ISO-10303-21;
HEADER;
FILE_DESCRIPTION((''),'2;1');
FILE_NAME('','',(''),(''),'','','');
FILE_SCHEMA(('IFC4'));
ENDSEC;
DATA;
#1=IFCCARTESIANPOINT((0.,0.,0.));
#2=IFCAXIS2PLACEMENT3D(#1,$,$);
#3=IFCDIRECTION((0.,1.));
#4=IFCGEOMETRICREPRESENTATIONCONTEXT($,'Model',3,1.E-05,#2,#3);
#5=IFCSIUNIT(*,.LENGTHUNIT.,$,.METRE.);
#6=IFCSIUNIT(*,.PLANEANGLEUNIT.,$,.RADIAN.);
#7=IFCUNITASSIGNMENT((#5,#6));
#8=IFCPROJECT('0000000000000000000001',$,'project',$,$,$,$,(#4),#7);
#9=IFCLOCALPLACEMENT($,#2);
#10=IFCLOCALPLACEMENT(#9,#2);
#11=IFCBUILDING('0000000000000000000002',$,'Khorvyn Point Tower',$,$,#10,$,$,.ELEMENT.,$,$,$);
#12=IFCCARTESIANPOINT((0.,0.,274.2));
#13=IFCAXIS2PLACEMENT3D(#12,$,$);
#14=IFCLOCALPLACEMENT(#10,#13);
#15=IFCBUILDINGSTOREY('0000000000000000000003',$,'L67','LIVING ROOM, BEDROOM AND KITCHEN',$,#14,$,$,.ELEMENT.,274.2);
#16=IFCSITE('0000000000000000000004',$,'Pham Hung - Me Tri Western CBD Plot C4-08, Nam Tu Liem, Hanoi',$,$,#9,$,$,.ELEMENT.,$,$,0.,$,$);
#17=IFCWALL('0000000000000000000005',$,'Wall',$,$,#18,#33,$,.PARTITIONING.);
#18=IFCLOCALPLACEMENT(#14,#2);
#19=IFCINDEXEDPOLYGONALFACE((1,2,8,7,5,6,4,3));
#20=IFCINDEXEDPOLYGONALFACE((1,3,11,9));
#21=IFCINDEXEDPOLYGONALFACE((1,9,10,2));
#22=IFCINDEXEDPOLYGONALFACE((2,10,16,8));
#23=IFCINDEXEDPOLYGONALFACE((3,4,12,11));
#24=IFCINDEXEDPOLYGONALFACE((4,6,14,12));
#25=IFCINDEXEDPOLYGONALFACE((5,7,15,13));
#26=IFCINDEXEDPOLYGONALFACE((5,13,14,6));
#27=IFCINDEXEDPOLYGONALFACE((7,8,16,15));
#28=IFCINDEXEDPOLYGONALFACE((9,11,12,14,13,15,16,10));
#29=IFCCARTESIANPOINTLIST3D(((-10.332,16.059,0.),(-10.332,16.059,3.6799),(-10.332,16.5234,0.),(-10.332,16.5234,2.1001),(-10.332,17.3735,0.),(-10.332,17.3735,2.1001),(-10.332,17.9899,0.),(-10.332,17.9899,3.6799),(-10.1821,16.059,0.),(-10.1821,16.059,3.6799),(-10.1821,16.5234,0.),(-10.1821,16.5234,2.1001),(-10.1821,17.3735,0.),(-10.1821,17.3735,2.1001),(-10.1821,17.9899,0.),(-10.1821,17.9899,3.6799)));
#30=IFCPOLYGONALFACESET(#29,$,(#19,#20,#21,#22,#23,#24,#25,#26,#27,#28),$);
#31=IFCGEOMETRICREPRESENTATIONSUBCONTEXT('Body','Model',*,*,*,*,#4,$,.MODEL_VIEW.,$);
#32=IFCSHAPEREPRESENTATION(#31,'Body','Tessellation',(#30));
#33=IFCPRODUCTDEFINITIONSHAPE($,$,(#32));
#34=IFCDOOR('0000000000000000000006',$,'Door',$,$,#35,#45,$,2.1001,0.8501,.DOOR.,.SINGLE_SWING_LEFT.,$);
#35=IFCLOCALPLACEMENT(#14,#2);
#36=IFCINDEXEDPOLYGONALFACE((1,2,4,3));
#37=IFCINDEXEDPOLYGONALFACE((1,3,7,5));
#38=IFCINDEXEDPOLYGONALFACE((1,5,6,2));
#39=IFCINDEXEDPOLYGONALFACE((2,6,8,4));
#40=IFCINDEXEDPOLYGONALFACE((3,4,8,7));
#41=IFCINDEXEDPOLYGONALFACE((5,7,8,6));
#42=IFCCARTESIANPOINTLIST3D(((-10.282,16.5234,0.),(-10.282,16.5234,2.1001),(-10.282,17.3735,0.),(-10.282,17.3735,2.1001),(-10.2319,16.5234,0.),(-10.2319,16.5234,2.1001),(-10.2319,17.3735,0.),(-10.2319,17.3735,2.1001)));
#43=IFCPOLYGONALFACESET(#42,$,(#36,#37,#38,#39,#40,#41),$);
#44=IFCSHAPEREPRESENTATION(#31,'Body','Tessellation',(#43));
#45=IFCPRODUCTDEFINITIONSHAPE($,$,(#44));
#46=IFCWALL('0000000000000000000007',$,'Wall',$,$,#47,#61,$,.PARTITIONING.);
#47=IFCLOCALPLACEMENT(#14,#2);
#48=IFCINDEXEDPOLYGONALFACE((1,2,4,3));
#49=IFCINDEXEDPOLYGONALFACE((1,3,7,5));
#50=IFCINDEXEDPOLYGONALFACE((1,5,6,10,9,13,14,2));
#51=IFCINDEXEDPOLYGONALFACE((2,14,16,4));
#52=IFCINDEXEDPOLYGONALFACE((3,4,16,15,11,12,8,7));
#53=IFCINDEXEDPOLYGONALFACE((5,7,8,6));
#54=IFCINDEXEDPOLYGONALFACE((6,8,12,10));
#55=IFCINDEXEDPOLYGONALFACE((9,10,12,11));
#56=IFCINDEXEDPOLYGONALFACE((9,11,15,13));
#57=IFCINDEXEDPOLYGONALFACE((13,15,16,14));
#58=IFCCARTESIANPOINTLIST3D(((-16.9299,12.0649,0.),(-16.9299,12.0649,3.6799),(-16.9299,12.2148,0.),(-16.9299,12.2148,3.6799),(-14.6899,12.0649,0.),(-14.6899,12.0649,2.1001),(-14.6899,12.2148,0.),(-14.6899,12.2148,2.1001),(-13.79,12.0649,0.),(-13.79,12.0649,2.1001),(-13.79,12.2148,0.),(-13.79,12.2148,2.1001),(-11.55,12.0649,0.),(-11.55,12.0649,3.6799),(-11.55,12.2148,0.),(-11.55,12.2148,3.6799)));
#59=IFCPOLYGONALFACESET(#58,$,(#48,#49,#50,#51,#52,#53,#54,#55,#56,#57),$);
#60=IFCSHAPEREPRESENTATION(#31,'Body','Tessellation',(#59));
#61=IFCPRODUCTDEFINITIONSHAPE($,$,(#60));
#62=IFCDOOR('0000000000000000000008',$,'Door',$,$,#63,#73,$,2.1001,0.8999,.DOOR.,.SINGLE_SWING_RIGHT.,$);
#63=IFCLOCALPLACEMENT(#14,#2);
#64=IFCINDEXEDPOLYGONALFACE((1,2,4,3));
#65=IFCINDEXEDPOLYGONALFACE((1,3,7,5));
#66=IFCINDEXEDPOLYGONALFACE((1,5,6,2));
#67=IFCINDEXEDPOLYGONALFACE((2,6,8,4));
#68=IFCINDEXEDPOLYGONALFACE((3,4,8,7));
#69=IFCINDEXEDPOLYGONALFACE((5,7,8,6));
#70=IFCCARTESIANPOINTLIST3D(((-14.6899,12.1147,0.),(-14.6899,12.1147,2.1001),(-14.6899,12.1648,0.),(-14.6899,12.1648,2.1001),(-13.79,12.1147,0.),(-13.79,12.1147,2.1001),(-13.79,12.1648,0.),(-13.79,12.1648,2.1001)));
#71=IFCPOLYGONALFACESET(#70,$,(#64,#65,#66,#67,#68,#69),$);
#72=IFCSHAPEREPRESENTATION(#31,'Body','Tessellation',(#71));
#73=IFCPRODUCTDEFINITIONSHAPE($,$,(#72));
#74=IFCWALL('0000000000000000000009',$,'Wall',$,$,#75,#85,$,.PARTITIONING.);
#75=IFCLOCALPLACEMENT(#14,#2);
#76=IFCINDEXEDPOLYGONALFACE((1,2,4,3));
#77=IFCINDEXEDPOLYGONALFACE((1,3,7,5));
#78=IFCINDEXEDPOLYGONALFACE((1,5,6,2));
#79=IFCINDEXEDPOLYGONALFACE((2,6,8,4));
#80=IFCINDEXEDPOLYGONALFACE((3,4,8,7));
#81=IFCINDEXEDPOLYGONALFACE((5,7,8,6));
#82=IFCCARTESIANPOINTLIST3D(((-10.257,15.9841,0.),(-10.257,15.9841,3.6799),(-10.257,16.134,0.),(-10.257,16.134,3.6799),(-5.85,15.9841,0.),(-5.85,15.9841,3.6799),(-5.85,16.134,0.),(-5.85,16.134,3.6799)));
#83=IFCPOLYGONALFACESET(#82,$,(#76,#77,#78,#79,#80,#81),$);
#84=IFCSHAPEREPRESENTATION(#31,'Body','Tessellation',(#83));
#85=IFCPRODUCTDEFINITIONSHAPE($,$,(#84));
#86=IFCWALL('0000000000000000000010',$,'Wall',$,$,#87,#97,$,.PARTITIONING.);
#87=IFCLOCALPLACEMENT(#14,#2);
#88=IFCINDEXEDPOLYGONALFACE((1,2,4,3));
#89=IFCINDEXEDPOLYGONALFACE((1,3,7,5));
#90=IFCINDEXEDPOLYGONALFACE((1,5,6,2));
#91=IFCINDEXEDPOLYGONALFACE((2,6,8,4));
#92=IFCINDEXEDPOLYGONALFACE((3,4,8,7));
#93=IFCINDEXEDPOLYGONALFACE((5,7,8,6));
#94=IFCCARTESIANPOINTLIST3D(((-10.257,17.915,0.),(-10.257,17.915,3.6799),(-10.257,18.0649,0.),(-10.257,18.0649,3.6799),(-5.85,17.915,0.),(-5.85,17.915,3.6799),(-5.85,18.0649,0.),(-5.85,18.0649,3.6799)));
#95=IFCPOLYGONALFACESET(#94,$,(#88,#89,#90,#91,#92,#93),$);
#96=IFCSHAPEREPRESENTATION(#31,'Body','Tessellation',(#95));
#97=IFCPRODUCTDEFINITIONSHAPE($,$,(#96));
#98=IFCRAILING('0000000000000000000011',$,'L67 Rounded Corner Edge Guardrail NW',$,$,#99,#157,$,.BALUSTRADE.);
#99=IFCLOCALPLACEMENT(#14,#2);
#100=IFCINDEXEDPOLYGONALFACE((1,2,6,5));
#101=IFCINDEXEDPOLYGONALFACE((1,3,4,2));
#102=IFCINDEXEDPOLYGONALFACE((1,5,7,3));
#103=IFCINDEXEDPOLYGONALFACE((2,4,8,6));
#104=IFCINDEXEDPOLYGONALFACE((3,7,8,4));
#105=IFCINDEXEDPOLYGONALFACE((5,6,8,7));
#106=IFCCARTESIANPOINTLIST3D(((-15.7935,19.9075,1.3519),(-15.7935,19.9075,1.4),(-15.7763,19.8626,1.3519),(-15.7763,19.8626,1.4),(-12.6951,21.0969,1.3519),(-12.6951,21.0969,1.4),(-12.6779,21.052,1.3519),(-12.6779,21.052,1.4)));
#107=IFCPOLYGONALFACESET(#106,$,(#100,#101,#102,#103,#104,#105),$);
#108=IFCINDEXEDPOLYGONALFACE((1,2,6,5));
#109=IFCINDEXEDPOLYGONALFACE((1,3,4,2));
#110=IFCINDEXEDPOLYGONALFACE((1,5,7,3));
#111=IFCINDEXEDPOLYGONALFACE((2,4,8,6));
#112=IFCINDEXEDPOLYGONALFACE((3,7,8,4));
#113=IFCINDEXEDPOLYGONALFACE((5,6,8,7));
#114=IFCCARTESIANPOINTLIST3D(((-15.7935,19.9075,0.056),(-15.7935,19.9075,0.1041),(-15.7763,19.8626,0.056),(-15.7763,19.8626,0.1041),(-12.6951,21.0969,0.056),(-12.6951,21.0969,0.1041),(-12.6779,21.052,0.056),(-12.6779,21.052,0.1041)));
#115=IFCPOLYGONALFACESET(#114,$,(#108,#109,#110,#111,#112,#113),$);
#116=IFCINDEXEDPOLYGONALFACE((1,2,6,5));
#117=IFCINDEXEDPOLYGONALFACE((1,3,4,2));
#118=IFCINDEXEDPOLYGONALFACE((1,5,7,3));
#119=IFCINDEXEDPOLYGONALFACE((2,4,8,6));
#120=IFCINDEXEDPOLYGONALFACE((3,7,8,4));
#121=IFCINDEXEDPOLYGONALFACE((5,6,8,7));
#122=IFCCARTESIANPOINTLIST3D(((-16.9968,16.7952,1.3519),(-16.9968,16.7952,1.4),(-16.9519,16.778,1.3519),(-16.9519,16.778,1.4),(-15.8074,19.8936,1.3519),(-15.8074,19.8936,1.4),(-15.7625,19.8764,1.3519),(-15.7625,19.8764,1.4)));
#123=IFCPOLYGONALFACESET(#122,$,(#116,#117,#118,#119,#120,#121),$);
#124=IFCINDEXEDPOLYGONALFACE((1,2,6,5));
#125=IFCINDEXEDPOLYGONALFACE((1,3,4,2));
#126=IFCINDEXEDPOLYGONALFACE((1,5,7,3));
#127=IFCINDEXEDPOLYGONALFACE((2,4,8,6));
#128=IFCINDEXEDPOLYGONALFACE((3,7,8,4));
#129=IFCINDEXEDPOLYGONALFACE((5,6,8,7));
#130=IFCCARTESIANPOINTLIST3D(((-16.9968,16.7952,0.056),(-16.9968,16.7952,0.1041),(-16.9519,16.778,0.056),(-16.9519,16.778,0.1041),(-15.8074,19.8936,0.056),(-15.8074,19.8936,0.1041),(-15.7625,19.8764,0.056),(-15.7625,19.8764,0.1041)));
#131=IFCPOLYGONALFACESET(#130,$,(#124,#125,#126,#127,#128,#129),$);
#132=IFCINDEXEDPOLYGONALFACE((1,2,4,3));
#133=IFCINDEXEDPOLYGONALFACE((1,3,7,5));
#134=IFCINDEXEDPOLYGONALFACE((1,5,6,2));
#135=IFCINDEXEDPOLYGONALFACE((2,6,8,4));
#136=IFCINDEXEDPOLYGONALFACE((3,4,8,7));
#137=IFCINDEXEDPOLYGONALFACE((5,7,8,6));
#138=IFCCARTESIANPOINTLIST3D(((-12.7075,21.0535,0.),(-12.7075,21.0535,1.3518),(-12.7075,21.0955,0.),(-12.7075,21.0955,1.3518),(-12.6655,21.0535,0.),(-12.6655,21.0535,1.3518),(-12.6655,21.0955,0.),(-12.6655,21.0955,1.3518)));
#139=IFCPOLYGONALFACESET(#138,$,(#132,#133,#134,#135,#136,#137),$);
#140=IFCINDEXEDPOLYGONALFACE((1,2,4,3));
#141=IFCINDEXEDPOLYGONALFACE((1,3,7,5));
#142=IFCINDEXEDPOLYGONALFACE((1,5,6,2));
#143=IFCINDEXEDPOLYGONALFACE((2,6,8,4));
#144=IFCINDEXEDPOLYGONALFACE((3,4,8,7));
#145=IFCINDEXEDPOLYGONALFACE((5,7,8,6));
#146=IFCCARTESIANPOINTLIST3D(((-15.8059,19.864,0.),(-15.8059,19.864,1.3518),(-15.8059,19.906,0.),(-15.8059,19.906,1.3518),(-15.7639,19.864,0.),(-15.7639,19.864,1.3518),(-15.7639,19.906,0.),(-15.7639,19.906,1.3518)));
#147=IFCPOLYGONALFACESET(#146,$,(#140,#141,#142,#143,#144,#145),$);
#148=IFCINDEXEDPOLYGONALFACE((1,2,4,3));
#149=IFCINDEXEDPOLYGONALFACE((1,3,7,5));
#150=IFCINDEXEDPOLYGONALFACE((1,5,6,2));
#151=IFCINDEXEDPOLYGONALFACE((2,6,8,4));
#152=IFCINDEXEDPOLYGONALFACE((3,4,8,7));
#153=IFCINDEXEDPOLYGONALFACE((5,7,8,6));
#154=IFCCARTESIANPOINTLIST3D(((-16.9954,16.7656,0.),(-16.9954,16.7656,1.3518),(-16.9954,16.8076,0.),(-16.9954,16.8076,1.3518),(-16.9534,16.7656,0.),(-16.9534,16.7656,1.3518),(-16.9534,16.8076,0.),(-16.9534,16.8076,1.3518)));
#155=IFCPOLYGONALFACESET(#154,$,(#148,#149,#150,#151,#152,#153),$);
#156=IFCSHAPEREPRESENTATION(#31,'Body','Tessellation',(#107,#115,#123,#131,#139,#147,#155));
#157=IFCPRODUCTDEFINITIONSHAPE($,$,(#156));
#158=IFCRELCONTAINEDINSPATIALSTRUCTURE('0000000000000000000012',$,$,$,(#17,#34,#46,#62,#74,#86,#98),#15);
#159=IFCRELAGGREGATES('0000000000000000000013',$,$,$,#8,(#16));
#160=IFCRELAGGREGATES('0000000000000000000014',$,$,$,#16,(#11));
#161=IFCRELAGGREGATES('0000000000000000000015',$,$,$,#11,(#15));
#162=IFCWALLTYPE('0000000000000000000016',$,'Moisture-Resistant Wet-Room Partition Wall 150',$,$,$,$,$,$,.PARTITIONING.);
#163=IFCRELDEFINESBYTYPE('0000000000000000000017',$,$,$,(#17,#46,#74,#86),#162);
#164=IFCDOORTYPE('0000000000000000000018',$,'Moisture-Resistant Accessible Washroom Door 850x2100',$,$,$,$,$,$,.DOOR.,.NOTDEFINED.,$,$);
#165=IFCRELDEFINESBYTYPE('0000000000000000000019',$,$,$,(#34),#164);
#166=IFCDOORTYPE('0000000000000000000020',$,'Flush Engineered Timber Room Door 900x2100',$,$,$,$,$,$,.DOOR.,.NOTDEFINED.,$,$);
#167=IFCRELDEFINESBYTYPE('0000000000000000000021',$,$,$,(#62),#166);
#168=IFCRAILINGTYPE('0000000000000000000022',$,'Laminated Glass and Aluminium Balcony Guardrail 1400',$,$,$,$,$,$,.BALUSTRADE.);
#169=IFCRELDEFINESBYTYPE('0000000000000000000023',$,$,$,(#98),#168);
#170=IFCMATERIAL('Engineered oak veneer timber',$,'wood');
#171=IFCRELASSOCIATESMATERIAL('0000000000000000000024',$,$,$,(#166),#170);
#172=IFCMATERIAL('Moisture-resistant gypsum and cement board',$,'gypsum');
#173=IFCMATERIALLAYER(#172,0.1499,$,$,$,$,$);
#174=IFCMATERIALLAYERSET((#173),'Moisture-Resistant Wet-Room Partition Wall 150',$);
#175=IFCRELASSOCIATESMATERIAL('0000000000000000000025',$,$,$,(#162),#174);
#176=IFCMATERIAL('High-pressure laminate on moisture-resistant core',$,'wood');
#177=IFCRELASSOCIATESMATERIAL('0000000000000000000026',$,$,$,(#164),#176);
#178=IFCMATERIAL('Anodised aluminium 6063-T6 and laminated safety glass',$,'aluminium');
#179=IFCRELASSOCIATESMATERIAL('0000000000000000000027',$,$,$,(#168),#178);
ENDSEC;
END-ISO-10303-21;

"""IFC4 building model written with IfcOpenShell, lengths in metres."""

from ifc_helpers import new_model, si_unit, direction, frame, frame_2d, origin, origin_2d, place, context, subcontext, project, spatial, rectangle, extrude, material, layer, layer_set, type_object, element, fill, save


model = new_model("IFC4")

# Units and contexts
model_context = context("Model", 3, precision=1e-05, world=origin(), true_north=direction((0.0, 1.0)))
body_context = subcontext(model_context, "Body", "Model", "MODEL_VIEW")
ifc_project = project(units=[si_unit("LENGTHUNIT", "METRE"), si_unit("PLANEANGLEUNIT", "RADIAN")], contexts=[model_context])

# Site, building, storey
site_placement = place(None, origin())
site = spatial("IfcSite", under=ifc_project, at=site_placement, Name="Pham Hung - Me Tri Western CBD Plot C4-08, Nam Tu Liem, Hanoi", CompositionType="ELEMENT", RefElevation=0.0)
building_placement = place(site_placement, origin())
building = spatial("IfcBuilding", under=site, at=building_placement, Name="Khorvyn Point Tower", CompositionType="ELEMENT")
storey_placement = place(building_placement, frame((0.0, 0.0, 274.2)))
storey = spatial("IfcBuildingStorey", under=building, at=storey_placement, Name="L67", Description="LIVING ROOM, BEDROOM AND KITCHEN", CompositionType="ELEMENT", Elevation=274.2)

# Walls, openings, doors
ifc_material_1 = material(Name="Engineered oak veneer timber", Category="wood")
door_type_1 = type_object("IfcDoorType", Name="Flush Engineered Timber Room Door 900x2100", OperationType="NOTDEFINED", PredefinedType="DOOR", material=ifc_material_1)
ifc_material_2 = material(Name="Moisture-resistant gypsum and cement board", Category="gypsum")
ifc_layer_1 = layer(ifc_material_2, 0.1499)
ifc_layer_set_1 = layer_set([ifc_layer_1], Name="Moisture-Resistant Wet-Room Partition Wall 150")
wall_type_1 = type_object("IfcWallType", Name="Moisture-Resistant Wet-Room Partition Wall 150", PredefinedType="PARTITIONING", material=ifc_layer_set_1)
ifc_material_3 = material(Name="High-pressure laminate on moisture-resistant core", Category="wood")
door_type_2 = type_object("IfcDoorType", Name="Moisture-Resistant Accessible Washroom Door 850x2100", OperationType="NOTDEFINED", PredefinedType="DOOR", material=ifc_material_3)
wall_1_placement = place(storey_placement, frame((-10.2571, 16.0591, 0.0), z_axis=(0.0, 0.0, 1.0), x_axis=(0.0, 1.0, 0.0)))
wall_1 = element("IfcWall", 1, at=wall_1_placement, inside=storey, type_object=wall_type_1, Name="Wall", PredefinedType="PARTITIONING", context=body_context, shape_type="SweptSolid", body=[
    extrude(rectangle(XDim=1.9309, YDim=0.1499, at=frame_2d((0.9653, 0.0))), origin(), (0.0, 0.0, 1.0), 3.6799),
])
opening_1_placement = place(wall_1_placement, frame((0.4644, 0.0, 0.0)))
opening_1 = element("IfcOpeningElement", 2, at=opening_1_placement, cuts=wall_1, PredefinedType="OPENING", context=body_context, shape_type="SweptSolid", body=[
    extrude(rectangle(XDim=0.8501, YDim=2.1001, at=frame_2d((0.425, 1.05))), frame((0.0, 0.085, 0.0), z_axis=(0.0, -1.0, 0.0), x_axis=(1.0, 0.0, 0.0)), (0.0, 0.0, 1.0), 0.1699),
])
door_1_placement = place(opening_1_placement, origin())
door_1 = element("IfcDoor", 3, at=door_1_placement, inside=storey, type_object=door_type_2, Name="Door", OperationType="SINGLE_SWING_LEFT", OverallHeight=2.1001, OverallWidth=0.8501, PredefinedType="DOOR", context=body_context, shape_type="SweptSolid", body=[
    extrude(rectangle(XDim=0.8501, YDim=2.1001, at=frame_2d((0.425, 1.05))), frame((0.0, 0.0249, 0.0), z_axis=(0.0, -1.0, 0.0), x_axis=(1.0, 0.0, 0.0)), (0.0, 0.0, 1.0), 0.05),
])
fill(opening_1, door_1)
wall_2_placement = place(storey_placement, frame((-16.9299, 12.1399, 0.0), z_axis=(0.0, 0.0, 1.0), x_axis=(1.0, 0.0, 0.0)))
wall_2 = element("IfcWall", 4, at=wall_2_placement, inside=storey, type_object=wall_type_1, Name="Wall", PredefinedType="PARTITIONING", context=body_context, shape_type="SweptSolid", body=[
    extrude(rectangle(XDim=5.3799, YDim=0.1499, at=frame_2d((2.6899, 0.0))), origin(), (0.0, 0.0, 1.0), 3.6799),
])
opening_2_placement = place(wall_2_placement, frame((2.24, 0.0, 0.0)))
opening_2 = element("IfcOpeningElement", 5, at=opening_2_placement, cuts=wall_2, PredefinedType="OPENING", context=body_context, shape_type="SweptSolid", body=[
    extrude(rectangle(XDim=0.8999, YDim=2.1001, at=frame_2d((0.45, 1.05))), frame((0.0, 0.085, 0.0), z_axis=(0.0, -1.0, 0.0), x_axis=(1.0, 0.0, 0.0)), (0.0, 0.0, 1.0), 0.1699),
])
door_2_placement = place(opening_2_placement, origin())
door_2 = element("IfcDoor", 6, at=door_2_placement, inside=storey, type_object=door_type_1, Name="Door", OperationType="SINGLE_SWING_RIGHT", OverallHeight=2.1001, OverallWidth=0.8999, PredefinedType="DOOR", context=body_context, shape_type="SweptSolid", body=[
    extrude(rectangle(XDim=0.8999, YDim=2.1001, at=frame_2d((0.45, 1.05))), frame((0.0, 0.0249, 0.0), z_axis=(0.0, -1.0, 0.0), x_axis=(1.0, 0.0, 0.0)), (0.0, 0.0, 1.0), 0.05),
])
fill(opening_2, door_2)

# Walls
for number, where, z_axis, x_axis, name in (
    (7, (-10.2571, 16.0591, 0.0), (0.0, 0.0, 1.0), (1.0, 0.0, 0.0), "Wall"),
    (8, (-10.2571, 17.99, 0.0), (0.0, 0.0, 1.0), (1.0, 0.0, 0.0), "Wall"),
):
    element("IfcWall", number, at=place(storey_placement, frame(where, z_axis=z_axis, x_axis=x_axis)), inside=storey, type_object=wall_type_1, Name=name, PredefinedType="PARTITIONING", context=body_context, shape_type="SweptSolid", body=[
        extrude(rectangle(XDim=4.407, YDim=0.1499, at=frame_2d((2.2036, 0.0))), origin(), (0.0, 0.0, 1.0), 3.6799),
    ])

# Railing
ifc_material_4 = material(Name="Anodised aluminium 6063-T6 and laminated safety glass", Category="aluminium")
railing_type = type_object("IfcRailingType", Name="Laminated Glass and Aluminium Balcony Guardrail 1400", PredefinedType="BALUSTRADE", material=ifc_material_4)
railing_placement = place(storey_placement, frame((-12.6865, 21.0745, 0.0)))
element("IfcRailing", 9, at=railing_placement, inside=storey, type_object=railing_type, Name="L67 Rounded Corner Edge Guardrail NW", PredefinedType="BALUSTRADE", context=body_context, shape_type="SweptSolid", body=[
    extrude(rectangle(XDim=0.0481, YDim=0.0481, at=origin_2d()), frame((0.0, 0.0, 1.376), z_axis=(-0.933571, -0.358392, 0.0), x_axis=(0.358392, -0.933571, 0.0)), (0.0, 0.0, 1.0), 3.3188),
    extrude(rectangle(XDim=0.0481, YDim=0.0481, at=origin_2d()), frame((0.0, 0.0, 0.0801), z_axis=(-0.933571, -0.358392, 0.0), x_axis=(0.358392, -0.933571, 0.0)), (0.0, 0.0, 1.0), 3.3188),
    extrude(rectangle(XDim=0.0481, YDim=0.0481, at=origin_2d()), frame((-3.0984, -1.1895, 1.376), z_axis=(-0.358392, -0.933571, 0.0), x_axis=(0.933571, -0.358392, 0.0)), (0.0, 0.0, 1.0), 3.3188),
    extrude(rectangle(XDim=0.0481, YDim=0.0481, at=origin_2d()), frame((-3.0984, -1.1895, 0.0801), z_axis=(-0.358392, -0.933571, 0.0), x_axis=(0.933571, -0.358392, 0.0)), (0.0, 0.0, 1.0), 3.3188),
    extrude(rectangle(XDim=0.042, YDim=0.042, at=origin_2d()), origin(), (0.0, 0.0, 1.0), 1.3518),
    extrude(rectangle(XDim=0.042, YDim=0.042, at=origin_2d()), frame((-3.0984, -1.1895, 0.0)), (0.0, 0.0, 1.0), 1.3518),
    extrude(rectangle(XDim=0.042, YDim=0.042, at=origin_2d()), frame((-4.2878, -4.2878, 0.0)), (0.0, 0.0, 1.0), 1.3518),
])

save(model, "model.ifc")
